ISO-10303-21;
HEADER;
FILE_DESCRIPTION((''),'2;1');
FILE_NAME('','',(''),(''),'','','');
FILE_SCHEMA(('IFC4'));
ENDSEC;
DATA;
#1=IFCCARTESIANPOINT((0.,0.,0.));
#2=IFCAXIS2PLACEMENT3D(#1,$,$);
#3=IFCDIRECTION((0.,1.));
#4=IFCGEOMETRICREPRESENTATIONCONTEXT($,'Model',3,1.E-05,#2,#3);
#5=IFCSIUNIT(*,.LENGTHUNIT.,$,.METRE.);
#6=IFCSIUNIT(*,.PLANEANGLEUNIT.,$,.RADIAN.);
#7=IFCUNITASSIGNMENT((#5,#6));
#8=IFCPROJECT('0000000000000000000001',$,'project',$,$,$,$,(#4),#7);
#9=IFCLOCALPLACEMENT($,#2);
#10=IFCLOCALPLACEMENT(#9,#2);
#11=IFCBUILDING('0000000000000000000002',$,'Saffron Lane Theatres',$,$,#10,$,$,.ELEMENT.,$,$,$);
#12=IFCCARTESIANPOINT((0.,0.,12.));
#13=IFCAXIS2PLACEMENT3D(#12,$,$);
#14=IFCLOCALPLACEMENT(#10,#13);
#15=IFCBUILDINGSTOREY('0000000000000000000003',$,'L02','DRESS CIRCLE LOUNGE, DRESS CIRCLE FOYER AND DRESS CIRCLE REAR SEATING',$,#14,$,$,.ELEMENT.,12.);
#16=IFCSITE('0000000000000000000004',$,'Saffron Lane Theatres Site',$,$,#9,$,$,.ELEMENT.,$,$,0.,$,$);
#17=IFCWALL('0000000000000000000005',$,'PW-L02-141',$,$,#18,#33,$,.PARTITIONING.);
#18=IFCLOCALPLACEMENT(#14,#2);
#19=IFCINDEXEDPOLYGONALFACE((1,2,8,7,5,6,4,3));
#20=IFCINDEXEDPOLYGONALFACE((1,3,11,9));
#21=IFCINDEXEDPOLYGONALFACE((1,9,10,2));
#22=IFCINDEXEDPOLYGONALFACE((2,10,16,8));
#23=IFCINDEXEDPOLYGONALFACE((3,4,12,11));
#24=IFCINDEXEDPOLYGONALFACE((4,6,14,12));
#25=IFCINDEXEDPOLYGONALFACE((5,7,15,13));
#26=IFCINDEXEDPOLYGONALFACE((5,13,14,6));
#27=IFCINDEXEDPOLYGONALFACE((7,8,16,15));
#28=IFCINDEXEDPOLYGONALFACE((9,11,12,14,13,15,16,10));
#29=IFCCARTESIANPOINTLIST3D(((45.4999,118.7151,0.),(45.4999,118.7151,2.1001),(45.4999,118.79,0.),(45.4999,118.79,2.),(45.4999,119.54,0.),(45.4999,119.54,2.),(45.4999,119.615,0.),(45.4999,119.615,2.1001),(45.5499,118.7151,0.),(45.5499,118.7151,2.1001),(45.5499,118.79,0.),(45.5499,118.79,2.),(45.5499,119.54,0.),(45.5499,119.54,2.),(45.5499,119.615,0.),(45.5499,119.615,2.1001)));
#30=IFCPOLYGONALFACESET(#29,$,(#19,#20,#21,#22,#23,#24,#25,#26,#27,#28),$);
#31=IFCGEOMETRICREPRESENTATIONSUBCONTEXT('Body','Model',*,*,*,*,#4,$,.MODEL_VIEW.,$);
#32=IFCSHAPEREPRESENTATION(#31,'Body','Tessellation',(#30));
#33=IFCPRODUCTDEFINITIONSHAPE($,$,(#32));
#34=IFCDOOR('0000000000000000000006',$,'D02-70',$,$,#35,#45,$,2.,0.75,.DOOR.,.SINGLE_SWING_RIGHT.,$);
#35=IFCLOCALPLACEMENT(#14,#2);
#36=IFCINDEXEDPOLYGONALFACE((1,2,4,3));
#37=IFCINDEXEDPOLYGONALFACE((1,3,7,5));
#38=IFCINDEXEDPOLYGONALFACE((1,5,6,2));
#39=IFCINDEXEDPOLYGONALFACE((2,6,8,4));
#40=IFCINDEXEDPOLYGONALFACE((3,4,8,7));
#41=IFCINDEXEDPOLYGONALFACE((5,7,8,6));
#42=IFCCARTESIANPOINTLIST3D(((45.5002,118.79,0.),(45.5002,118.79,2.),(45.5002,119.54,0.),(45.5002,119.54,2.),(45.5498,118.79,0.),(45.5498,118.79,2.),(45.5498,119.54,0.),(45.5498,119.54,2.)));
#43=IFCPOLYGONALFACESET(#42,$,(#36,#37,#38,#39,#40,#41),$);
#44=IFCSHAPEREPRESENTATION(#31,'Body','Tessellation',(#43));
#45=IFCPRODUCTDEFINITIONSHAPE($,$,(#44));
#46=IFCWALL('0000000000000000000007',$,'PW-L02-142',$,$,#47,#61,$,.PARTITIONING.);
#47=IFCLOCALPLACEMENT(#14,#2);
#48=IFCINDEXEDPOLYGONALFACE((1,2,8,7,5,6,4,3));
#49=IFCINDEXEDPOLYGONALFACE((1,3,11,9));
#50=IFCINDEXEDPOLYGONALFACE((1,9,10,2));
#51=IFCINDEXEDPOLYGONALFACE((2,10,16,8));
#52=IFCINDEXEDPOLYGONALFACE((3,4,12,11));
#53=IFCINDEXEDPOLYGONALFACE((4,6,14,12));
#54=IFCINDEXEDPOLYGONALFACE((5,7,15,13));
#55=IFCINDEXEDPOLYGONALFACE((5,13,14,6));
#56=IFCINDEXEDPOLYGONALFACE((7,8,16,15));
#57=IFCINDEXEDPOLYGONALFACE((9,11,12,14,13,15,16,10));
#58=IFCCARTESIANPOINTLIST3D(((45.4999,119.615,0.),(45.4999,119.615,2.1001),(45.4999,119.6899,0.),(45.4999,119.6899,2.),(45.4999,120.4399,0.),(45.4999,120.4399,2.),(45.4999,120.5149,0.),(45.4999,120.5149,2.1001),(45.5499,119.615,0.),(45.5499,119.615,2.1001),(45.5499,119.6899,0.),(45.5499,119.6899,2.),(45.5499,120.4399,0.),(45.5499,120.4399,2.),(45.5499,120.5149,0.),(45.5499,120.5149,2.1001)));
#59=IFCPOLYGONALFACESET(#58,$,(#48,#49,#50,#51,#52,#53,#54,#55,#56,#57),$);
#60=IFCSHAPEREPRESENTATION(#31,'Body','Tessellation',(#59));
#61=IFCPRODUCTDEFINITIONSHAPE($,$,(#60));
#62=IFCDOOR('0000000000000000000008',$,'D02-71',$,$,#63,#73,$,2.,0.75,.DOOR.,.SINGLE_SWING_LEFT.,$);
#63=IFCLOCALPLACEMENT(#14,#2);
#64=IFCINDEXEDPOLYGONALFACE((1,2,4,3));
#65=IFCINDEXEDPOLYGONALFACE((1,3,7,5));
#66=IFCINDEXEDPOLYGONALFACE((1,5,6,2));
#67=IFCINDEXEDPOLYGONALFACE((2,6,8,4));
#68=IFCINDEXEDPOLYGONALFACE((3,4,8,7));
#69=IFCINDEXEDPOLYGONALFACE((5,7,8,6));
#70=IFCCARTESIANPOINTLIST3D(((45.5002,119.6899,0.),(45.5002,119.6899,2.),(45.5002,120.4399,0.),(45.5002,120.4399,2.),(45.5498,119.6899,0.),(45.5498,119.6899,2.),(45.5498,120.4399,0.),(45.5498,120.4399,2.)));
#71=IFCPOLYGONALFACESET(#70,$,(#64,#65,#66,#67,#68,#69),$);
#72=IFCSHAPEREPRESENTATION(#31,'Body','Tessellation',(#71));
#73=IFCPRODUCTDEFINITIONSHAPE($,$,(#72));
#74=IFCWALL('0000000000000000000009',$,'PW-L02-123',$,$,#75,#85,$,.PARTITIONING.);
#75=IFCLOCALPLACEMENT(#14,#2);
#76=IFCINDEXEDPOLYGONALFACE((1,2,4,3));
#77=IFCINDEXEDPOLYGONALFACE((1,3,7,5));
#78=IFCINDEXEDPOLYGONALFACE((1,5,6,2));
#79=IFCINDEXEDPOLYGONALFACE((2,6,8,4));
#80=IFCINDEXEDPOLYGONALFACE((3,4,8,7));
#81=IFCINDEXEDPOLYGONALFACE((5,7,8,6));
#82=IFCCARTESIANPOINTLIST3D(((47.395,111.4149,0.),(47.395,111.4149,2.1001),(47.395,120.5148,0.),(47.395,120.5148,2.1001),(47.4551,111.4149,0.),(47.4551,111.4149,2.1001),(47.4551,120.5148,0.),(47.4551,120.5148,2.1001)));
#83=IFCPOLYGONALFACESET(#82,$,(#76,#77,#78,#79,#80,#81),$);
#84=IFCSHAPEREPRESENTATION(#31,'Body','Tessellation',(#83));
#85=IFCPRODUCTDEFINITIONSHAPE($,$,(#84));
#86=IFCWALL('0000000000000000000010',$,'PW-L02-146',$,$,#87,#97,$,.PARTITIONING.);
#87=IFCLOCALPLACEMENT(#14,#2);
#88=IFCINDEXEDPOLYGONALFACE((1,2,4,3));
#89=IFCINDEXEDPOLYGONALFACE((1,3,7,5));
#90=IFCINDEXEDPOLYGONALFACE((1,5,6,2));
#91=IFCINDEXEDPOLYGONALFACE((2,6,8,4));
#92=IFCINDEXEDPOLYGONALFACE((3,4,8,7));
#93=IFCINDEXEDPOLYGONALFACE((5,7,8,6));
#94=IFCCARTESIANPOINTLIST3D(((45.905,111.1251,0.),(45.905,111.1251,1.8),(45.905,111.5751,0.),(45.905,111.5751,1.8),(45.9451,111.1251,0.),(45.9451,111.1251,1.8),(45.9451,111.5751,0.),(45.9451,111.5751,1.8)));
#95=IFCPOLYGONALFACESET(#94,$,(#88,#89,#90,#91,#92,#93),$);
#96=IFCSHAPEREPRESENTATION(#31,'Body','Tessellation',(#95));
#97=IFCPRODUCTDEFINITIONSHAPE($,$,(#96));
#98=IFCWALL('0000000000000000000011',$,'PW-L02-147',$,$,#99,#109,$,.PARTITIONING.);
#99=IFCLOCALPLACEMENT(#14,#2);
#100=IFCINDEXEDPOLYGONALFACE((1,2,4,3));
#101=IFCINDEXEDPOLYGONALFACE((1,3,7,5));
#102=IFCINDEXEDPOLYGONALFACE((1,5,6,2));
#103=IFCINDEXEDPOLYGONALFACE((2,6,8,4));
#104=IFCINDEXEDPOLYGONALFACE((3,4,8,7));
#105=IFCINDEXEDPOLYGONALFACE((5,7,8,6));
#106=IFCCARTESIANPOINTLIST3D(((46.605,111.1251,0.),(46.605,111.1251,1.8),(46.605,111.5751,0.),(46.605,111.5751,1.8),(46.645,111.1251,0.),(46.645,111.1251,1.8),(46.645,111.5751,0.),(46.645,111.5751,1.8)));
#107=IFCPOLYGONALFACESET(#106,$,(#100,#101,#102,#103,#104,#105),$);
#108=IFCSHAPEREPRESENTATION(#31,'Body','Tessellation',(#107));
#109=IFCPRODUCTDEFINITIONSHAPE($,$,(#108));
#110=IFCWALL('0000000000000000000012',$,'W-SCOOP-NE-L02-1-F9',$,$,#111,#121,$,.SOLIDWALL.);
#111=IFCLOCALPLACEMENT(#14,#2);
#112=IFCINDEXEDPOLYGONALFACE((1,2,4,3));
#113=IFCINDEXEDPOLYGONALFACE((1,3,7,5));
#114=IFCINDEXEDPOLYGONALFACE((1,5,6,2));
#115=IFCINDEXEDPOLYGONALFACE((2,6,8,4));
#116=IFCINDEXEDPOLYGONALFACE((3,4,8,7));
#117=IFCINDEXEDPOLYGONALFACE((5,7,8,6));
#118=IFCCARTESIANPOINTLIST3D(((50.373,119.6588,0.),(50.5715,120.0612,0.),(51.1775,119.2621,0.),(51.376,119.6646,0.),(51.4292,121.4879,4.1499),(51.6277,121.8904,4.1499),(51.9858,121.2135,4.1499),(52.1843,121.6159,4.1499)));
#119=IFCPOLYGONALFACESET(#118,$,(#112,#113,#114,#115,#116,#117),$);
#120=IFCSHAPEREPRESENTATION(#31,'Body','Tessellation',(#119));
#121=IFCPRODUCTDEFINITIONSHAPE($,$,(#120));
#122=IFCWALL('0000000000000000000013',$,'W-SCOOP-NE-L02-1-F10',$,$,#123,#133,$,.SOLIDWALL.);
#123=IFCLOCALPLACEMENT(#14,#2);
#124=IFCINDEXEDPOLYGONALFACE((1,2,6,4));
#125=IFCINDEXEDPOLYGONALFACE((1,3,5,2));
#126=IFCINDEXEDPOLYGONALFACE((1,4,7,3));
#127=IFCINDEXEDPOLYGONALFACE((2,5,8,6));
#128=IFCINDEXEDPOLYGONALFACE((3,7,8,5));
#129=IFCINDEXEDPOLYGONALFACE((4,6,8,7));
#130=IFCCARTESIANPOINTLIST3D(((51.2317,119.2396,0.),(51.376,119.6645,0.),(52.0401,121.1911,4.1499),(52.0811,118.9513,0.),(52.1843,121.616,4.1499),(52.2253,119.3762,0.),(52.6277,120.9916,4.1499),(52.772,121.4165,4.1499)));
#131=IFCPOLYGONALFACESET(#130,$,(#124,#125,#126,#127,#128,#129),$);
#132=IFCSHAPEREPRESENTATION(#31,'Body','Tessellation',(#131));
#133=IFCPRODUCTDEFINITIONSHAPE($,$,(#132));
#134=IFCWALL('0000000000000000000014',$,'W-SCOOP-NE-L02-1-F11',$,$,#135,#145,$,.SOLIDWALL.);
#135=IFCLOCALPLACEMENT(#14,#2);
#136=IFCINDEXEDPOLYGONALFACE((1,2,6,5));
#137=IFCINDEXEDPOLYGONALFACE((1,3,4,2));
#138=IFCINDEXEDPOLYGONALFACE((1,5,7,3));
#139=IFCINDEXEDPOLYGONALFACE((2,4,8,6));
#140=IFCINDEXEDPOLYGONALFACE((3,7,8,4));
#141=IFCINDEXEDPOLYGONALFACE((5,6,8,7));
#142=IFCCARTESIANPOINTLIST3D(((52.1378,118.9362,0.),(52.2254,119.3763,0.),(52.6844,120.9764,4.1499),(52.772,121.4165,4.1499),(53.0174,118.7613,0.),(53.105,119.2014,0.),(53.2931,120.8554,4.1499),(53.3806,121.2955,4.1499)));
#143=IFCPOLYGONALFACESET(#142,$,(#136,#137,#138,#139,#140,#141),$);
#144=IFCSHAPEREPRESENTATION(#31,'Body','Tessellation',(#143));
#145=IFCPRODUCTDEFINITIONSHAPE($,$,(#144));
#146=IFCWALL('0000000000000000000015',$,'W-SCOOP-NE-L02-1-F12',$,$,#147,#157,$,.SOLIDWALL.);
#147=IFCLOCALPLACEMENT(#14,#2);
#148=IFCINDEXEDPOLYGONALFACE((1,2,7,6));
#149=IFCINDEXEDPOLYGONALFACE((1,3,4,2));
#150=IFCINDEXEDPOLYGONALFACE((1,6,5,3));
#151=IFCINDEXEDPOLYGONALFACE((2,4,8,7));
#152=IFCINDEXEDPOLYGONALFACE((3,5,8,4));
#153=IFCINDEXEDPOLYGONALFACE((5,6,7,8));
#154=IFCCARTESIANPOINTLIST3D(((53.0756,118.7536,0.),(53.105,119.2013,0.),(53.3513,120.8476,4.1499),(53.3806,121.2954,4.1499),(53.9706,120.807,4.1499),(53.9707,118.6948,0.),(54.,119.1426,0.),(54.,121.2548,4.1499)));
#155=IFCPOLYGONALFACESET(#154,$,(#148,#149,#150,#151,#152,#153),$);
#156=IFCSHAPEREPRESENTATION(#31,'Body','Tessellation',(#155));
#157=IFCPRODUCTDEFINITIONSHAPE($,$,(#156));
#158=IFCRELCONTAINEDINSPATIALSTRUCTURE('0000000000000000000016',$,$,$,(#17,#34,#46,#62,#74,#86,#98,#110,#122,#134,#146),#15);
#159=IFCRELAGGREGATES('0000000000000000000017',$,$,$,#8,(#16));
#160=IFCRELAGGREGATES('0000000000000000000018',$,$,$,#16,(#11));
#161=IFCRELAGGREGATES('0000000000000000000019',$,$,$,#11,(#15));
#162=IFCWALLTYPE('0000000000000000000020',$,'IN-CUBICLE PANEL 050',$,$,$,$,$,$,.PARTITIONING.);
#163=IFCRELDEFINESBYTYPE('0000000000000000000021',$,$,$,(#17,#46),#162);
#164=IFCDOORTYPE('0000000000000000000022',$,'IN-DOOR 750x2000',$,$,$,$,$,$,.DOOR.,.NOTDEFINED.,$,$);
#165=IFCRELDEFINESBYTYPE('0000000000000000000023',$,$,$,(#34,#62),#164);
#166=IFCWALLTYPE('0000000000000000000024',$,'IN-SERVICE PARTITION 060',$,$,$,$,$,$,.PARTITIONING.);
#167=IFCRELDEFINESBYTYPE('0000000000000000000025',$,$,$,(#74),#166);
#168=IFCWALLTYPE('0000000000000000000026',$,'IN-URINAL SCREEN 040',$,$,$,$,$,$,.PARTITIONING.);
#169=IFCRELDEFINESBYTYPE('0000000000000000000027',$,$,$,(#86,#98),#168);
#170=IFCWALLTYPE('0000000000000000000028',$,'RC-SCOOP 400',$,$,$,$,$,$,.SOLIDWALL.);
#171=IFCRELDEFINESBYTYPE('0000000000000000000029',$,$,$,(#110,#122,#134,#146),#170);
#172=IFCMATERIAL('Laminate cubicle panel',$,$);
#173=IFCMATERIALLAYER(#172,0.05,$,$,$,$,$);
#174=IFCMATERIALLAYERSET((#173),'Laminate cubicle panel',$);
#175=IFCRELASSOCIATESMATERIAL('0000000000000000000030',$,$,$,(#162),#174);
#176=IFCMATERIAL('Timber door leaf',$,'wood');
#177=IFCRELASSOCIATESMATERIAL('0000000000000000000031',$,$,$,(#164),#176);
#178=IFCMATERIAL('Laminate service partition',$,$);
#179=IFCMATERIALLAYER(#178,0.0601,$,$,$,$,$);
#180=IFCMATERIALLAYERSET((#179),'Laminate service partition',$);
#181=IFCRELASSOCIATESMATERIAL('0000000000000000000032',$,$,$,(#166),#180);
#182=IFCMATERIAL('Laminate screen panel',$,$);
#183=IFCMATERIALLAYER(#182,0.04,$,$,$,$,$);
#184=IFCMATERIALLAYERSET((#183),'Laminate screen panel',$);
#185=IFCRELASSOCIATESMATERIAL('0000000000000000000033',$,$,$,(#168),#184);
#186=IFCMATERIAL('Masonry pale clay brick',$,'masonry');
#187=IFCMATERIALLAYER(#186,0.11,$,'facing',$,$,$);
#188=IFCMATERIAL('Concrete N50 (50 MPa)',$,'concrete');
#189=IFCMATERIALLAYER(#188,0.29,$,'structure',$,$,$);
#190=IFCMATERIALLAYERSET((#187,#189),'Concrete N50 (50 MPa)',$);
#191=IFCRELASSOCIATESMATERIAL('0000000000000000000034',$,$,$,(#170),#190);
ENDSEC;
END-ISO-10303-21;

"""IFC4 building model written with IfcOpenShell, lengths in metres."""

from ifc_helpers import new_model, si_unit, direction, frame, frame_2d, origin, place, context, subcontext, project, spatial, polyline, rectangle, outline, extrude, material, layer, layer_set, type_object, element, fill, save


model = new_model("IFC4")

# Units and contexts
model_context = context("Model", 3, precision=1e-05, world=origin(), true_north=direction((0.0, 1.0)))
body_context = subcontext(model_context, "Body", "Model", "MODEL_VIEW")
ifc_project = project(units=[si_unit("LENGTHUNIT", "METRE"), si_unit("PLANEANGLEUNIT", "RADIAN")], contexts=[model_context])

# Site, building, storey
site_placement = place(None, origin())
site = spatial("IfcSite", under=ifc_project, at=site_placement, Name="Saffron Lane Theatres Site", CompositionType="ELEMENT", RefElevation=0.0)
building_placement = place(site_placement, origin())
building = spatial("IfcBuilding", under=site, at=building_placement, Name="Saffron Lane Theatres", CompositionType="ELEMENT")
storey_placement = place(building_placement, frame((0.0, 0.0, 12.0)))
storey = spatial("IfcBuildingStorey", under=building, at=storey_placement, Name="L02", Description="DRESS CIRCLE LOUNGE, DRESS CIRCLE FOYER AND DRESS CIRCLE REAR SEATING", CompositionType="ELEMENT", Elevation=12.0)

# Shared definitions
ifc_material_1 = material(Name="Laminate cubicle panel")
ifc_layer_1 = layer(ifc_material_1, 0.05)
ifc_layer_set_1 = layer_set([ifc_layer_1], Name="Laminate cubicle panel")
wall_type_1 = type_object("IfcWallType", Name="IN-CUBICLE PANEL 050", PredefinedType="PARTITIONING", material=ifc_layer_set_1)

# Walls, openings, doors
ifc_material_2 = material(Name="Timber door leaf", Category="wood")
door_type_1 = type_object("IfcDoorType", Name="IN-DOOR 750x2000", OperationType="NOTDEFINED", PredefinedType="DOOR", material=ifc_material_2)
wall_1_placement = place(storey_placement, frame((45.5249, 118.7151, 0.0), z_axis=(0.0, 0.0, 1.0), x_axis=(0.0, 1.0, 0.0)))
wall_1 = element("IfcWall", 1, at=wall_1_placement, inside=storey, type_object=wall_type_1, Name="PW-L02-141", PredefinedType="PARTITIONING", context=body_context, shape_type="SweptSolid", body=[
    extrude(rectangle(XDim=0.8999, YDim=0.05, at=frame_2d((0.45, 0.0))), origin(), (0.0, 0.0, 1.0), 2.1001),
])
opening_1_placement = place(wall_1_placement, frame((0.075, 0.0, 0.0)))
opening_1 = element("IfcOpeningElement", 2, at=opening_1_placement, cuts=wall_1, PredefinedType="OPENING", context=body_context, shape_type="SweptSolid", body=[
    extrude(rectangle(XDim=0.75, YDim=2.0, at=frame_2d((0.375, 1.0))), frame((0.0, 0.0352, 0.0), z_axis=(0.0, -1.0, 0.0), x_axis=(1.0, 0.0, 0.0)), (0.0, 0.0, 1.0), 0.0701),
])
door_1_placement = place(opening_1_placement, frame((0.75, 0.0, 0.0), z_axis=(0.0, 0.0, 1.0), x_axis=(-1.0, 0.0, 0.0)))
door_1 = element("IfcDoor", 3, at=door_1_placement, inside=storey, type_object=door_type_1, Name="D02-70", OperationType="SINGLE_SWING_RIGHT", OverallHeight=2.0, OverallWidth=0.75, PredefinedType="DOOR", context=body_context, shape_type="SweptSolid", body=[
    extrude(rectangle(XDim=0.75, YDim=2.0, at=frame_2d((0.375, 1.0))), frame((0.0, 0.0249, 0.0), z_axis=(0.0, -1.0, 0.0), x_axis=(1.0, 0.0, 0.0)), (0.0, 0.0, 1.0), 0.0496),
])
fill(opening_1, door_1)
wall_2_placement = place(storey_placement, frame((45.5249, 119.615, 0.0), z_axis=(0.0, 0.0, 1.0), x_axis=(0.0, 1.0, 0.0)))
wall_2 = element("IfcWall", 4, at=wall_2_placement, inside=storey, type_object=wall_type_1, Name="PW-L02-142", PredefinedType="PARTITIONING", context=body_context, shape_type="SweptSolid", body=[
    extrude(rectangle(XDim=0.8999, YDim=0.05, at=frame_2d((0.45, 0.0))), origin(), (0.0, 0.0, 1.0), 2.1001),
])
opening_2_placement = place(wall_2_placement, frame((0.075, 0.0, 0.0)))
opening_2 = element("IfcOpeningElement", 5, at=opening_2_placement, cuts=wall_2, PredefinedType="OPENING", context=body_context, shape_type="SweptSolid", body=[
    extrude(rectangle(XDim=0.75, YDim=2.0, at=frame_2d((0.375, 1.0))), frame((0.0, 0.0352, 0.0), z_axis=(0.0, -1.0, 0.0), x_axis=(1.0, 0.0, 0.0)), (0.0, 0.0, 1.0), 0.0701),
])
door_2_placement = place(opening_2_placement, frame((0.75, 0.0, 0.0), z_axis=(0.0, 0.0, 1.0), x_axis=(-1.0, 0.0, 0.0)))
door_2 = element("IfcDoor", 6, at=door_2_placement, inside=storey, type_object=door_type_1, Name="D02-71", OperationType="SINGLE_SWING_LEFT", OverallHeight=2.0, OverallWidth=0.75, PredefinedType="DOOR", context=body_context, shape_type="SweptSolid", body=[
    extrude(rectangle(XDim=0.75, YDim=2.0, at=frame_2d((0.375, 1.0))), frame((0.0, 0.0249, 0.0), z_axis=(0.0, -1.0, 0.0), x_axis=(1.0, 0.0, 0.0)), (0.0, 0.0, 1.0), 0.0496),
])
fill(opening_2, door_2)

# Walls
ifc_material_3 = material(Name="Laminate service partition")
ifc_layer_2 = layer(ifc_material_3, 0.0601)
ifc_layer_set_2 = layer_set([ifc_layer_2], Name="Laminate service partition")
wall_type_2 = type_object("IfcWallType", Name="IN-SERVICE PARTITION 060", PredefinedType="PARTITIONING", material=ifc_layer_set_2)
wall_3_placement = place(storey_placement, frame((47.425, 111.415, 0.0), z_axis=(0.0, 0.0, 1.0), x_axis=(0.0, 1.0, 0.0)))
element("IfcWall", 7, at=wall_3_placement, inside=storey, type_object=wall_type_2, Name="PW-L02-123", PredefinedType="PARTITIONING", context=body_context, shape_type="SweptSolid", body=[
    extrude(rectangle(XDim=9.0999, YDim=0.0601, at=frame_2d((4.5498, 0.0))), origin(), (0.0, 0.0, 1.0), 2.1001),
])
ifc_material_4 = material(Name="Laminate screen panel")
ifc_layer_3 = layer(ifc_material_4, 0.04)
ifc_layer_set_3 = layer_set([ifc_layer_3], Name="Laminate screen panel")
wall_type_3 = type_object("IfcWallType", Name="IN-URINAL SCREEN 040", PredefinedType="PARTITIONING", material=ifc_layer_set_3)
for number, where, z_axis, x_axis, name in (
    (8, (45.925, 111.125, 0.0), (0.0, 0.0, 1.0), (0.0, 1.0, 0.0), "PW-L02-146"),
    (9, (46.625, 111.125, 0.0), (0.0, 0.0, 1.0), (0.0, 1.0, 0.0), "PW-L02-147"),
):
    element("IfcWall", number, at=place(storey_placement, frame(where, z_axis=z_axis, x_axis=x_axis)), inside=storey, type_object=wall_type_3, Name=name, PredefinedType="PARTITIONING", context=body_context, shape_type="SweptSolid", body=[
        extrude(rectangle(XDim=0.45, YDim=0.04, at=frame_2d((0.2251, 0.0))), origin(), (0.0, 0.0, 1.0), 1.8),
    ])
ifc_material_5 = material(Name="Masonry pale clay brick", Category="masonry")
ifc_layer_4 = layer(ifc_material_5, 0.11, Name="facing")
ifc_material_6 = material(Name="Concrete N50 (50 MPa)", Category="concrete")
ifc_layer_5 = layer(ifc_material_6, 0.29, Name="structure")
ifc_layer_set_4 = layer_set([ifc_layer_4, ifc_layer_5], Name="Concrete N50 (50 MPa)")
wall_type_4 = type_object("IfcWallType", Name="RC-SCOOP 400", PredefinedType="SOLIDWALL", material=ifc_layer_set_4)
wall_4_placement = place(storey_placement, frame((51.376, 119.6646, 0.0), z_axis=(-0.394312, -0.799668, 0.452824), x_axis=(-0.896885, 0.442263, 0.000025)))
element("IfcWall", 10, at=wall_4_placement, inside=storey, type_object=wall_type_4, Name="W-SCOOP-NE-L02-1-F9", PredefinedType="SOLIDWALL", context=body_context, shape_type="SweptSolid", body=[
    extrude(outline(polyline([(0.0, 0.0), (0.897, 0.0), (0.7588, -4.6544), (0.1381, -4.6545), (0.0, 0.0)])), origin(), (0.000029, 0.452824, 0.8916), 0.4487),
])
wall_5_placement = place(storey_placement, frame((52.2253, 119.3762, 0.0), z_axis=(-0.28659, -0.844279, 0.452834), x_axis=(-0.946931, 0.321438, 0.000006)))
element("IfcWall", 11, at=wall_5_placement, inside=storey, type_object=wall_type_4, Name="W-SCOOP-NE-L02-1-F10", PredefinedType="SOLIDWALL", context=body_context, shape_type="SweptSolid", body=[
    extrude(outline(polyline([(0.0, 0.0), (0.897, 0.0), (0.7588, -4.6545), (0.1382, -4.6545), (0.0, 0.0)])), origin(), (0.000001, 0.452834, 0.891595), 0.4487),
])
wall_6_placement = place(storey_placement, frame((53.105, 119.2014, 0.0), z_axis=(-0.173864, -0.874485, 0.452821), x_axis=(-0.980806, 0.194984, -0.000037)))
element("IfcWall", 12, at=wall_6_placement, inside=storey, type_object=wall_type_4, Name="W-SCOOP-NE-L02-1-F11", PredefinedType="SOLIDWALL", context=body_context, shape_type="SweptSolid", body=[
    extrude(outline(polyline([(0.0, 0.0), (0.8968, 0.0), (0.7584, -4.6545), (0.1378, -4.6544), (0.0, 0.0)])), origin(), (0.000109, 0.452821, 0.891601), 0.4487),
])
wall_7_placement = place(storey_placement, frame((54.0, 119.1426, 0.0), z_axis=(-0.058375, -0.889685, 0.452827), x_axis=(-0.997853, 0.065498, 0.000051)))
element("IfcWall", 13, at=wall_7_placement, inside=storey, type_object=wall_type_4, Name="W-SCOOP-NE-L02-1-F12", PredefinedType="SOLIDWALL", context=body_context, shape_type="SweptSolid", body=[
    extrude(outline(polyline([(0.0, 0.0), (0.897, 0.0), (0.7593, -4.6544), (0.1386, -4.6545), (0.0, 0.0)])), origin(), (-0.000095, 0.452827, 0.891599), 0.4487),
])

save(model, "model.ifc")
